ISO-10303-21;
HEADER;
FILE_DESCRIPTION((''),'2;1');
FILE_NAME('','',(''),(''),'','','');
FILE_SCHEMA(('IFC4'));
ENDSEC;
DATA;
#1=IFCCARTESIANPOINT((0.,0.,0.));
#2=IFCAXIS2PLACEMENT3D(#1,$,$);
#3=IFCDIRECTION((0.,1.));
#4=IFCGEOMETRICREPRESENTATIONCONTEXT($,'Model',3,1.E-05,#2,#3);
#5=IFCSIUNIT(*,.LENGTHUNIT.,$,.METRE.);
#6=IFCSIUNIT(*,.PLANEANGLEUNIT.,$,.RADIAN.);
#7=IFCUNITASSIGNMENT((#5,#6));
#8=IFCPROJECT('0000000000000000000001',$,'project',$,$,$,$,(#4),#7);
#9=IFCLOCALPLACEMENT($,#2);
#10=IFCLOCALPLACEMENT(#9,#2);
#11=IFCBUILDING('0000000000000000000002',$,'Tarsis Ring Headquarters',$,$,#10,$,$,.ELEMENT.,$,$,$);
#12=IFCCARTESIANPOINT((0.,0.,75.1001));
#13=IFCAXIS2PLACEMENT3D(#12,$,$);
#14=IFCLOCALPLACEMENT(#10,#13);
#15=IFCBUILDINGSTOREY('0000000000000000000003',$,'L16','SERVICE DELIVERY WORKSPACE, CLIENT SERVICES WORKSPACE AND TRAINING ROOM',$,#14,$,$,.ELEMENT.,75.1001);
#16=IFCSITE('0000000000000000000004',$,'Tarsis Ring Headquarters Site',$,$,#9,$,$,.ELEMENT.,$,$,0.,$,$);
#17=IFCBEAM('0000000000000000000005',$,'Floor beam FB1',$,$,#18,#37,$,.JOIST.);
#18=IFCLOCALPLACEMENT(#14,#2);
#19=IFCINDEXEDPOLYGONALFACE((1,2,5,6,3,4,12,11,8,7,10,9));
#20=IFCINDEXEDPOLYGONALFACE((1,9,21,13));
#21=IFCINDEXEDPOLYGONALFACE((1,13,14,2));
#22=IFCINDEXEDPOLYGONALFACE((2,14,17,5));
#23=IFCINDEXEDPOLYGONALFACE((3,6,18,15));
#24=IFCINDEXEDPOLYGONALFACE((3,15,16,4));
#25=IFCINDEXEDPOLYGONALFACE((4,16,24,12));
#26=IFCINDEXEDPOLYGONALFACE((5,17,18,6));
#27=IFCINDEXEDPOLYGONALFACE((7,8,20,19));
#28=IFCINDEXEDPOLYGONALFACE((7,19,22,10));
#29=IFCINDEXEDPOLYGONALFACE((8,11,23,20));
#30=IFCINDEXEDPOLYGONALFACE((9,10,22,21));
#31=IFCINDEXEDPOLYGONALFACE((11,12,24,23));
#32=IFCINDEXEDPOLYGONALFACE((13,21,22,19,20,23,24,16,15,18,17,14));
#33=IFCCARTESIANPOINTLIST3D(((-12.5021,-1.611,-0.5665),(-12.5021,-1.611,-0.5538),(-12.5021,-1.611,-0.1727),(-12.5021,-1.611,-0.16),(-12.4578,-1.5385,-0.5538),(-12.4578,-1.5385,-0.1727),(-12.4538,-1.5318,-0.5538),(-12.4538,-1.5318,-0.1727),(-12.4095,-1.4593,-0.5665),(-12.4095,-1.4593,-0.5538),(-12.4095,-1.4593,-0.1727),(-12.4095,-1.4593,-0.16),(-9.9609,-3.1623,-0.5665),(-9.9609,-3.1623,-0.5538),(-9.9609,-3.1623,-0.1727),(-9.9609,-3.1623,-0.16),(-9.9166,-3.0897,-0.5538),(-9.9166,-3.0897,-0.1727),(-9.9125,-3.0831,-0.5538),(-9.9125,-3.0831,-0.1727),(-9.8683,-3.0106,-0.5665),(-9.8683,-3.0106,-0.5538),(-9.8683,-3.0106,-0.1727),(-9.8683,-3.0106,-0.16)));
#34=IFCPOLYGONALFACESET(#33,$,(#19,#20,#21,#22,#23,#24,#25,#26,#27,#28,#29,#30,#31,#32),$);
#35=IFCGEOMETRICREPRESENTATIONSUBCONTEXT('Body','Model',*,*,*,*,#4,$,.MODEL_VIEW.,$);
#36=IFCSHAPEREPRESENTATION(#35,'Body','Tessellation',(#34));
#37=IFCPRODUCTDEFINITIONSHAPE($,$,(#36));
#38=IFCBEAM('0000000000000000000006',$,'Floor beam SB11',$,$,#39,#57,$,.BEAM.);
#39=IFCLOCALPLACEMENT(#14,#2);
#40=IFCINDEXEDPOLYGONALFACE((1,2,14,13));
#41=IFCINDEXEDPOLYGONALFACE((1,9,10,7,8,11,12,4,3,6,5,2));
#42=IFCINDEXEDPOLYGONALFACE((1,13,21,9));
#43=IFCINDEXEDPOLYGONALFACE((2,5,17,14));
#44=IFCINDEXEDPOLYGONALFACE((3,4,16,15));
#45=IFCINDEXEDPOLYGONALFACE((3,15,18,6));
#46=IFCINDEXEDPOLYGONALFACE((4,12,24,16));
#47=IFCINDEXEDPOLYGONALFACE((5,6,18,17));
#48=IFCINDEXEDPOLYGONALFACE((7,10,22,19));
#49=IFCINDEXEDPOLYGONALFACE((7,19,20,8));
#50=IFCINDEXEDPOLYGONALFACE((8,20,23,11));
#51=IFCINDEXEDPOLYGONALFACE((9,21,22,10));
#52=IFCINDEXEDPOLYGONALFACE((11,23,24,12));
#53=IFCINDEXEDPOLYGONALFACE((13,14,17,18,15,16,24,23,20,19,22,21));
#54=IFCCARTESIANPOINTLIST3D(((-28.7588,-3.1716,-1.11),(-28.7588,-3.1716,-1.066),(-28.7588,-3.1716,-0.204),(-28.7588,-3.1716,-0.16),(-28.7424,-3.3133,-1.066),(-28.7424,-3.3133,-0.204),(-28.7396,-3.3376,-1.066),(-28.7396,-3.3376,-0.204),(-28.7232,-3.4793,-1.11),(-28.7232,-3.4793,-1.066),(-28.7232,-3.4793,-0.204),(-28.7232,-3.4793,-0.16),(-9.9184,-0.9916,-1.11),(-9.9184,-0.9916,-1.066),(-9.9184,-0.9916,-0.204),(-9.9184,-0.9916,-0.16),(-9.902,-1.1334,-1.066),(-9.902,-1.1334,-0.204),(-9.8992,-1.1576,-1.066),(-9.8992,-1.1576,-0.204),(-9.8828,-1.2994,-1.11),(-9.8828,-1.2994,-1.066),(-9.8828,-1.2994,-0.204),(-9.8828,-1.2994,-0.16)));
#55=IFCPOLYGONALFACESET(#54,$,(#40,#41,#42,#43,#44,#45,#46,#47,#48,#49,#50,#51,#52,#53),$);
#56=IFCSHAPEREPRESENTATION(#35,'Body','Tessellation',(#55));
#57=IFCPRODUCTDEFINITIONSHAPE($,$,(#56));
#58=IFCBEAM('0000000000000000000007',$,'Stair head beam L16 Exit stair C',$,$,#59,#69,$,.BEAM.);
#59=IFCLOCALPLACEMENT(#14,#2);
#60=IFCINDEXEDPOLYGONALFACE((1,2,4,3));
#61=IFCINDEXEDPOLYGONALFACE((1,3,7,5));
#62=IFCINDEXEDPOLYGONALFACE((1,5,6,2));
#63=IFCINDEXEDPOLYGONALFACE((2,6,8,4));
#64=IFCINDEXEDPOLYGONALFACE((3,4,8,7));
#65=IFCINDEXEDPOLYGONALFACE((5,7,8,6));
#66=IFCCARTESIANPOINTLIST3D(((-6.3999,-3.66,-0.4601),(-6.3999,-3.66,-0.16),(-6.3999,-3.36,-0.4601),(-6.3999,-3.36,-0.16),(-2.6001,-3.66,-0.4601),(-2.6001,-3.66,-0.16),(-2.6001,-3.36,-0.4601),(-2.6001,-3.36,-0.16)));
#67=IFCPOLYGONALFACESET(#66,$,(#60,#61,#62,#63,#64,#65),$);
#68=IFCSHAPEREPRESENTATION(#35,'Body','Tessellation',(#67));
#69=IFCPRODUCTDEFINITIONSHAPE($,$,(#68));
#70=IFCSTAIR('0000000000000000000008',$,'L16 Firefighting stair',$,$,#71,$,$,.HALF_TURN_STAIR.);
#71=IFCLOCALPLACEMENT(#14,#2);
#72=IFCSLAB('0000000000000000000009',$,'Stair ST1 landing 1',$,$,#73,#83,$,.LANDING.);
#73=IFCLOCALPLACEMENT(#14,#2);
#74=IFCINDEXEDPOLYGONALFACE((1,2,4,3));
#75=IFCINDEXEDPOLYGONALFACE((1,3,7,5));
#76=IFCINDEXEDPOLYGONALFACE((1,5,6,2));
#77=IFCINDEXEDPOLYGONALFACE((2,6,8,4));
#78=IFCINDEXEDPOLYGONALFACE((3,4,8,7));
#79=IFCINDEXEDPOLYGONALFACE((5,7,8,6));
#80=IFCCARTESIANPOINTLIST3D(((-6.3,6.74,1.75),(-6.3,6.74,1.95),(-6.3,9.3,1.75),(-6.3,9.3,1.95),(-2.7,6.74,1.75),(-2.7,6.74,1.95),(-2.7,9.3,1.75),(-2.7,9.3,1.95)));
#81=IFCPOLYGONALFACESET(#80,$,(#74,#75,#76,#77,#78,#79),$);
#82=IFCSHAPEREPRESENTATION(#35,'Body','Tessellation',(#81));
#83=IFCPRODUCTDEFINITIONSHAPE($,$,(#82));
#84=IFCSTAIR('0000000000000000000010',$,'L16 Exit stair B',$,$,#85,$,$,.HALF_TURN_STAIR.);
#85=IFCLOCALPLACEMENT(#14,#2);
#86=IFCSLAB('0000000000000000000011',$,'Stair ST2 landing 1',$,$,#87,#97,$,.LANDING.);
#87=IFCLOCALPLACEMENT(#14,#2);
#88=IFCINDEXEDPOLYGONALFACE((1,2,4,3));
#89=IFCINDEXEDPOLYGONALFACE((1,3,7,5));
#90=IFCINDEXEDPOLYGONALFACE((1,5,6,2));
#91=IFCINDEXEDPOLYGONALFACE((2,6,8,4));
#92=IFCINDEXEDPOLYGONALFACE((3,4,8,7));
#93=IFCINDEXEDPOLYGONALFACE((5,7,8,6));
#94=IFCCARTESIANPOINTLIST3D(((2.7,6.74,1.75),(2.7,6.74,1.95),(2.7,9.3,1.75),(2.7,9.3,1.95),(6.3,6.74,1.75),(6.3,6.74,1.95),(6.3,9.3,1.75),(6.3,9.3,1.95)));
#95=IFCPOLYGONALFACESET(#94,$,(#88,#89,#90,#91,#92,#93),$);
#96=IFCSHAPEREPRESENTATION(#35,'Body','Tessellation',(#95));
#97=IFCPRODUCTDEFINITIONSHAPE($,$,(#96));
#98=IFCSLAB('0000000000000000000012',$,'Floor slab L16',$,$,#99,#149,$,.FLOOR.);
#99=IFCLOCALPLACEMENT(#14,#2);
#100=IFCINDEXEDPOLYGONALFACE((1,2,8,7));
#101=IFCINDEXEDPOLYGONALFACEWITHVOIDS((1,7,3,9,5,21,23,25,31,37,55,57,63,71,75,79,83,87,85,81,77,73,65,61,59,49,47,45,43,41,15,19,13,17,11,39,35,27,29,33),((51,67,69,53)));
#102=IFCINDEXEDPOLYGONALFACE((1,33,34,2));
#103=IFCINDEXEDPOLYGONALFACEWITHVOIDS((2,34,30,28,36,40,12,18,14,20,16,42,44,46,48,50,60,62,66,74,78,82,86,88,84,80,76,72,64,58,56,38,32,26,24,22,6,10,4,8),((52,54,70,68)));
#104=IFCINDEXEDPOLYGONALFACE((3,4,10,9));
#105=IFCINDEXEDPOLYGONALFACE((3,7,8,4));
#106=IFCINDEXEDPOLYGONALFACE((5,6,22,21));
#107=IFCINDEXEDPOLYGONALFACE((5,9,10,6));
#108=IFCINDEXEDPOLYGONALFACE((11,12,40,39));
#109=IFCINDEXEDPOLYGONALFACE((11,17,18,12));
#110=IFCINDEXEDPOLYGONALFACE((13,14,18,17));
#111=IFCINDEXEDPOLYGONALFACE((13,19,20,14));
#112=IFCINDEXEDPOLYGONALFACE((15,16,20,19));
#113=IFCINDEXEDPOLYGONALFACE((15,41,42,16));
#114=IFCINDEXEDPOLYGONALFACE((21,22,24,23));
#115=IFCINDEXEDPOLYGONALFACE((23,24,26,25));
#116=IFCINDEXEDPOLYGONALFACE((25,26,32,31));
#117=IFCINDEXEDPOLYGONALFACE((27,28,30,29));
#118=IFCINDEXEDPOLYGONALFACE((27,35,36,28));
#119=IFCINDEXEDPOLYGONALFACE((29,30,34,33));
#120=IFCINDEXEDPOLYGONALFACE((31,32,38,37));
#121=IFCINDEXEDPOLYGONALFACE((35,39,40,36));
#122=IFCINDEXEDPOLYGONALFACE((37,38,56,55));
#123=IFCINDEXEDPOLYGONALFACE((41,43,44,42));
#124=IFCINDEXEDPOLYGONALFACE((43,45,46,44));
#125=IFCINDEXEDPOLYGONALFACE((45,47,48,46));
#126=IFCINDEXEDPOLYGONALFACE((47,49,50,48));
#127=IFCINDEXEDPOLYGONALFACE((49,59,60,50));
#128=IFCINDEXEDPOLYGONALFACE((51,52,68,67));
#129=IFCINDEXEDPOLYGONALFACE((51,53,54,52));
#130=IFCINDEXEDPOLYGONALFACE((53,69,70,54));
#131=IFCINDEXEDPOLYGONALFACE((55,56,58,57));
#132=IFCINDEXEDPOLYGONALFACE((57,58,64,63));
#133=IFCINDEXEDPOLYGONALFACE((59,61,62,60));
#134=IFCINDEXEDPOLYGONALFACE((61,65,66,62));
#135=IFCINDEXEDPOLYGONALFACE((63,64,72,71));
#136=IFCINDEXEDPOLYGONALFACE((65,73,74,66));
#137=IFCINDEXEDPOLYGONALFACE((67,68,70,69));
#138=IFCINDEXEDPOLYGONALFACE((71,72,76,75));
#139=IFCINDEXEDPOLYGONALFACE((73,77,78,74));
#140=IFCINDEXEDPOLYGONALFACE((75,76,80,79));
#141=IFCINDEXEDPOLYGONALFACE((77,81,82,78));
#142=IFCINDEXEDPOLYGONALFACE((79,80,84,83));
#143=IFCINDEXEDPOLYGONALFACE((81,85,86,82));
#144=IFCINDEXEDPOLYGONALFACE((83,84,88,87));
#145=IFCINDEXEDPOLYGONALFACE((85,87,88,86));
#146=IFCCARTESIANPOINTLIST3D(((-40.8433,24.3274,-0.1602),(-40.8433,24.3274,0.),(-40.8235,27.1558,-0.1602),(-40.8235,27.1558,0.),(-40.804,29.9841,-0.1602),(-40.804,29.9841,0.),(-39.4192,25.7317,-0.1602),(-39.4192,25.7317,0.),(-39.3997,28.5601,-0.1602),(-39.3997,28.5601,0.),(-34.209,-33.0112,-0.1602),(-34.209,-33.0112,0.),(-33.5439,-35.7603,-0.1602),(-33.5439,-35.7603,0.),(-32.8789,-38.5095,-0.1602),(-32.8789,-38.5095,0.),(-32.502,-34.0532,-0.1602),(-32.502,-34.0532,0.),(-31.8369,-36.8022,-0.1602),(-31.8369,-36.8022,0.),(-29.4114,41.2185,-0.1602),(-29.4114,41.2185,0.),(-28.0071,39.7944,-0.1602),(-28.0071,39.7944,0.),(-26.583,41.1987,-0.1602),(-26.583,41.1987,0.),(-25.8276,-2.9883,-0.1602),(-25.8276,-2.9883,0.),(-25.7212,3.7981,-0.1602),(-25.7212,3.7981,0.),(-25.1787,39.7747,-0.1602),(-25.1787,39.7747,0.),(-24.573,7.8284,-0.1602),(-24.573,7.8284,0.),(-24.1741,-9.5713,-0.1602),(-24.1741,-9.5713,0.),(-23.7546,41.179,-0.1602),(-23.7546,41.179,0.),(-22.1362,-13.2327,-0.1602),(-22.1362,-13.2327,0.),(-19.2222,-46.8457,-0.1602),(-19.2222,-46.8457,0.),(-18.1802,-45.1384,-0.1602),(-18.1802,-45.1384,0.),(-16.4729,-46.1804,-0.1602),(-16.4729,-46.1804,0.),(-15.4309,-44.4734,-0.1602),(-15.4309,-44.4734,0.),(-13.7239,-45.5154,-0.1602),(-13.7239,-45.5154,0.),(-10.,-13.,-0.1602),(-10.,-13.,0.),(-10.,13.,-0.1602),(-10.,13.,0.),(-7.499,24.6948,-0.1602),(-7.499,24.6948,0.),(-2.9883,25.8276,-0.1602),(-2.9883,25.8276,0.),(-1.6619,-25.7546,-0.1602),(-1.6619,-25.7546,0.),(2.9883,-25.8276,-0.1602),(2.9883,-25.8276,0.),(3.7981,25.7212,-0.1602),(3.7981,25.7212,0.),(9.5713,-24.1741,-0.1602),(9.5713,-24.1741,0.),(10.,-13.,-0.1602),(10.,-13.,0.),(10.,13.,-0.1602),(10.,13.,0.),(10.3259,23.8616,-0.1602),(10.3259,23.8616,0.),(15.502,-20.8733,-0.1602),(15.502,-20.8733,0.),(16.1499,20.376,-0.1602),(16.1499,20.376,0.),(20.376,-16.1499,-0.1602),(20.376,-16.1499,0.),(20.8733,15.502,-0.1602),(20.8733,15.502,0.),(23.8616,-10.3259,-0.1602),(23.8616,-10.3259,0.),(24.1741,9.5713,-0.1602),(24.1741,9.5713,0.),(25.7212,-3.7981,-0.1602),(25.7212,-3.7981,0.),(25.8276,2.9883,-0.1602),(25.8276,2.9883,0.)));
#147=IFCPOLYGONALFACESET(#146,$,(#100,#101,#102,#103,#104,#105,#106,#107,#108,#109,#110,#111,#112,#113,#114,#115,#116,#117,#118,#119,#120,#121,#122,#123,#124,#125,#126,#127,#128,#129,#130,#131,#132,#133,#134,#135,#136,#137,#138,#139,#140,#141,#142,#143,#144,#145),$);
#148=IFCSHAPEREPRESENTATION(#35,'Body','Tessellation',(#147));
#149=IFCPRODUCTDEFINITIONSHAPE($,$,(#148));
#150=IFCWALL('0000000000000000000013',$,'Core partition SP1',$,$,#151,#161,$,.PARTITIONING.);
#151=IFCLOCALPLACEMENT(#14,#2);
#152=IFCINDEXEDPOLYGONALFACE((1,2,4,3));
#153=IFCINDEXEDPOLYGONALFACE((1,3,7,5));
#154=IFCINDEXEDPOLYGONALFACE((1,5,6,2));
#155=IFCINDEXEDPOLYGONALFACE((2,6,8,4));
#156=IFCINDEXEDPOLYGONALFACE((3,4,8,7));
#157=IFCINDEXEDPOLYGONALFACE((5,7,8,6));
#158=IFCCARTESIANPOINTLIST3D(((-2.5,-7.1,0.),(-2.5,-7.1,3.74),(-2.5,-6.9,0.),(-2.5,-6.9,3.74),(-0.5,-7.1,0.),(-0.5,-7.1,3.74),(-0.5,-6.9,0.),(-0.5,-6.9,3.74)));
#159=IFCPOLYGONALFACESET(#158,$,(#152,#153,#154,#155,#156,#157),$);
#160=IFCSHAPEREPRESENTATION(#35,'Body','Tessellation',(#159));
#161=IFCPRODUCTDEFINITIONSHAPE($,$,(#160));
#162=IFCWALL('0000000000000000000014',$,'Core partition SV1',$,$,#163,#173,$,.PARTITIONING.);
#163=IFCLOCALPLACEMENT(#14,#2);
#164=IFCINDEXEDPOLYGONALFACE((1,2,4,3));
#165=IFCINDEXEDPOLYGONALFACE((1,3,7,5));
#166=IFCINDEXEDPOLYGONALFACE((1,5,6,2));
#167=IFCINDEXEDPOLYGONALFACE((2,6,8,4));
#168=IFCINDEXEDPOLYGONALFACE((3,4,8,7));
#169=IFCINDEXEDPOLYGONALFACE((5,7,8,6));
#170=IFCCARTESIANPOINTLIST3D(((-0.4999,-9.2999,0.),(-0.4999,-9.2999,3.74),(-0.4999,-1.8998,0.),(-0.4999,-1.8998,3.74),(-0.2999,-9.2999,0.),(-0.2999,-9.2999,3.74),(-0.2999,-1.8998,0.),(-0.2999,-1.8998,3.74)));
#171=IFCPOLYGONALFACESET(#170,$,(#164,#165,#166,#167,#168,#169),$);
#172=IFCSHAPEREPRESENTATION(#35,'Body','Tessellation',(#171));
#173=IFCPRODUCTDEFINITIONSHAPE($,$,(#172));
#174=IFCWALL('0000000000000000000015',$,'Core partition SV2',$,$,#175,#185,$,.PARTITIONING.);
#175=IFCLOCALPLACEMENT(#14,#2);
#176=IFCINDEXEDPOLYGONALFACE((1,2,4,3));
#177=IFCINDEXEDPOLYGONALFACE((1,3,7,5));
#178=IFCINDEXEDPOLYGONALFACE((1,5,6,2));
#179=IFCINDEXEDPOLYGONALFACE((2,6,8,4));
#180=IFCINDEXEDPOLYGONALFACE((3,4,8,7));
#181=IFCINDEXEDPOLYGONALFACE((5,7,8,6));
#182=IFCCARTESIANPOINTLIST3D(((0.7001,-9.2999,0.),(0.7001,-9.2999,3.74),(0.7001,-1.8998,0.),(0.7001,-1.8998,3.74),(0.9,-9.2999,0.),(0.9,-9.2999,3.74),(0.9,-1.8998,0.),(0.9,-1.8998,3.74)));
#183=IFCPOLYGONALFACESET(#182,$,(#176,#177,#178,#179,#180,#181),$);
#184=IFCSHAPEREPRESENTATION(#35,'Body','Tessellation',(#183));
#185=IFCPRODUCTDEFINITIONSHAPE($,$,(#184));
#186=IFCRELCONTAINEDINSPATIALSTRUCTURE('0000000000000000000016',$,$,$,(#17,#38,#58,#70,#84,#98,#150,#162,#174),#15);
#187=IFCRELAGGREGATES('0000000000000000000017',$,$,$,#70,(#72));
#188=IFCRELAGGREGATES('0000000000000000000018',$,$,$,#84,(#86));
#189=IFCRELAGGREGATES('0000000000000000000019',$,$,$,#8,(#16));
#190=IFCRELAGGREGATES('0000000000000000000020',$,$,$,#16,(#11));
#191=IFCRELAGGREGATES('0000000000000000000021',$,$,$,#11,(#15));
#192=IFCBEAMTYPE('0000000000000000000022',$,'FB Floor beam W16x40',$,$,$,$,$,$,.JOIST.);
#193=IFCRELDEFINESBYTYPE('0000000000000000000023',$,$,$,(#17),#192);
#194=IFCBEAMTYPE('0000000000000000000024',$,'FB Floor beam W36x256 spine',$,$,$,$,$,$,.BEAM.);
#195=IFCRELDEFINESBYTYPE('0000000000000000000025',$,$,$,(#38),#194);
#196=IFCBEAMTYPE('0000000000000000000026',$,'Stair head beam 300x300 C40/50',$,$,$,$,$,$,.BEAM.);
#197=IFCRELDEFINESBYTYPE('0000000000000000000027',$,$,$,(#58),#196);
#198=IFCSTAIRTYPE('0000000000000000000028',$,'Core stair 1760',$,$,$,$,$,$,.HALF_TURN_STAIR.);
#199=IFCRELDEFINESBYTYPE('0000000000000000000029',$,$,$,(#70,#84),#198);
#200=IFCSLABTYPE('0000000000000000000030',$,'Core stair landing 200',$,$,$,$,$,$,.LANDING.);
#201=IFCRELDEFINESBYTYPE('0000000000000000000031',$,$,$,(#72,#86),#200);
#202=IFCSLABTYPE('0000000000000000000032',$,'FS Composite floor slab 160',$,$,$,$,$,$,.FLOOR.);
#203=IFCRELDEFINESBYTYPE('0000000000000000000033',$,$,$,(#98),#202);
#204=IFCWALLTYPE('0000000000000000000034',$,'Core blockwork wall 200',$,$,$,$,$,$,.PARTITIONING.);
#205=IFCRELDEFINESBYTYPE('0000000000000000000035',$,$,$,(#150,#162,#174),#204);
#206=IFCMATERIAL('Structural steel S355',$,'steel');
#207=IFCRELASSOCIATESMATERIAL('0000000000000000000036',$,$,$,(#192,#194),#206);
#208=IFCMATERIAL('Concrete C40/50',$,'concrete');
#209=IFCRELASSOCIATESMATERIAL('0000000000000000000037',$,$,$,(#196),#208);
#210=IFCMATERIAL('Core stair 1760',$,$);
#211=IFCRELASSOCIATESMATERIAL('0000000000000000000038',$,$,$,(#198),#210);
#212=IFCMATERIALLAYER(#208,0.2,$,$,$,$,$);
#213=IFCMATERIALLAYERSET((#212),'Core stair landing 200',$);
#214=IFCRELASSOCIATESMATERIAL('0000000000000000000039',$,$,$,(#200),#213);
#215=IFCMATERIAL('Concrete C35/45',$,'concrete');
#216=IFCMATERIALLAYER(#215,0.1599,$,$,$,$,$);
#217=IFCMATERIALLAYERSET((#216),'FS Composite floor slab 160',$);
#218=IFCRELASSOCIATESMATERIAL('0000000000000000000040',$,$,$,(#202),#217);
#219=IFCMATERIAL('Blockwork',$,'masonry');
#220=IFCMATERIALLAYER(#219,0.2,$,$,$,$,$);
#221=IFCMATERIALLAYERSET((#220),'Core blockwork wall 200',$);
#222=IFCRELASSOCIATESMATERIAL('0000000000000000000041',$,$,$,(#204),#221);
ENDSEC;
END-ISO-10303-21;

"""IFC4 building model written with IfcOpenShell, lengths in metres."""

from ifc_helpers import new_model, si_unit, direction, frame, frame_2d, origin, origin_2d, place, context, subcontext, project, spatial, polyline, rectangle, i_section, outline, extrude, material, layer, layer_set, material_profile, profile_set, type_object, element, aggregate, save


model = new_model("IFC4")

# Units and contexts
model_context = context("Model", 3, precision=1e-05, world=origin(), true_north=direction((0.0, 1.0)))
body_context = subcontext(model_context, "Body", "Model", "MODEL_VIEW")
ifc_project = project(units=[si_unit("LENGTHUNIT", "METRE"), si_unit("PLANEANGLEUNIT", "RADIAN")], contexts=[model_context])

# Site, building, storey
site_placement = place(None, origin())
site = spatial("IfcSite", under=ifc_project, at=site_placement, Name="Tarsis Ring Headquarters Site", CompositionType="ELEMENT", RefElevation=0.0)
building_placement = place(site_placement, origin())
building = spatial("IfcBuilding", under=site, at=building_placement, Name="Tarsis Ring Headquarters", CompositionType="ELEMENT")
storey_placement = place(building_placement, frame((0.0, 0.0, 75.1001)))
storey = spatial("IfcBuildingStorey", under=building, at=storey_placement, Name="L16", Description="SERVICE DELIVERY WORKSPACE, CLIENT SERVICES WORKSPACE AND TRAINING ROOM", CompositionType="ELEMENT", Elevation=75.1001)

# Beams
ifc_material_1 = material(Name="Structural steel S355", Category="steel")
ifc_material_profile_1 = material_profile(ifc_material_1, i_section(OverallWidth=0.1777, OverallDepth=0.4065, WebThickness=0.0078, FlangeThickness=0.0127, at=origin_2d()), Name="W16x40")
ifc_profile_set_1 = profile_set([ifc_material_profile_1], Name="Structural steel S355")
beam_type_1 = type_object("IfcBeamType", Name="FB Floor beam W16x40", PredefinedType="JOIST", material=ifc_profile_set_1)
beam_1_placement = place(storey_placement, frame((-12.4558, -1.5352, -0.3633), z_axis=(0.853539, -0.521029, 0.0), x_axis=(0.521029, 0.853539, 0.0)))
element("IfcBeam", 1, at=beam_1_placement, inside=storey, type_object=beam_type_1, Name="Floor beam FB1", PredefinedType="JOIST", context=body_context, shape_type="SweptSolid", body=[
    extrude(i_section(OverallWidth=0.1777, OverallDepth=0.4065, WebThickness=0.0078, FlangeThickness=0.0127, at=origin_2d()), origin(), (0.0, 0.0, 1.0), 2.9773),
])
ifc_material_profile_2 = material_profile(ifc_material_1, i_section(OverallWidth=0.3098, OverallDepth=0.95, WebThickness=0.0244, FlangeThickness=0.0439, at=origin_2d()), Name="W36x256")
ifc_profile_set_2 = profile_set([ifc_material_profile_2], Name="Structural steel S355")
beam_type_2 = type_object("IfcBeamType", Name="FB Floor beam W36x256 spine", PredefinedType="BEAM", material=ifc_profile_set_2)
beam_2_placement = place(storey_placement, frame((-9.9006, -1.1455, -0.635), z_axis=(-0.993373, -0.114939, 0.0), x_axis=(0.114939, -0.993373, 0.0)))
element("IfcBeam", 2, at=beam_2_placement, inside=storey, type_object=beam_type_2, Name="Floor beam SB11", PredefinedType="BEAM", context=body_context, shape_type="SweptSolid", body=[
    extrude(i_section(OverallWidth=0.3098, OverallDepth=0.95, WebThickness=0.0244, FlangeThickness=0.0439, at=origin_2d()), origin(), (0.0, 0.0, 1.0), 18.9661),
])
ifc_material_2 = material(Name="Concrete C40/50", Category="concrete")
ifc_material_profile_3 = material_profile(ifc_material_2, rectangle(XDim=0.3, YDim=0.3, at=origin_2d()), Name="Stair head beam 300x300 C40/50")
ifc_profile_set_3 = profile_set([ifc_material_profile_3], Name="Concrete C40/50")
beam_type_3 = type_object("IfcBeamType", Name="Stair head beam 300x300 C40/50", PredefinedType="BEAM", material=ifc_profile_set_3)
beam_3_placement = place(storey_placement, frame((-6.3999, -3.51, -0.3101), z_axis=(1.0, 0.0, 0.0), x_axis=(0.0, 1.0, 0.0)))
element("IfcBeam", 3, at=beam_3_placement, inside=storey, type_object=beam_type_3, Name="Stair head beam L16 Exit stair C", PredefinedType="BEAM", context=body_context, shape_type="SweptSolid", body=[
    extrude(rectangle(XDim=0.3, YDim=0.3, at=origin_2d()), origin(), (0.0, 0.0, 1.0), 3.7998),
])

# Stairs, slabs
ifc_material_3 = material(Name="Core stair 1760")
stair_type = type_object("IfcStairType", Name="Core stair 1760", PredefinedType="HALF_TURN_STAIR", material=ifc_material_3)
stair_1_placement = place(storey_placement, origin())
stair_1 = element("IfcStair", 4, at=stair_1_placement, inside=storey, type_object=stair_type, Name="L16 Firefighting stair", PredefinedType="HALF_TURN_STAIR")
ifc_layer_1 = layer(ifc_material_2, 0.2)
ifc_layer_set_1 = layer_set([ifc_layer_1], Name="Core stair landing 200")
slab_type_1 = type_object("IfcSlabType", Name="Core stair landing 200", PredefinedType="LANDING", material=ifc_layer_set_1)
slab_1_placement = place(storey_placement, frame((0.0, 0.0, 1.75)))
slab_1 = element("IfcSlab", 5, at=slab_1_placement, type_object=slab_type_1, Name="Stair ST1 landing 1", PredefinedType="LANDING", context=body_context, shape_type="SweptSolid", body=[
    extrude(outline(polyline([(-2.7, 6.74), (-2.7, 9.3), (-6.3, 9.3), (-6.3, 6.74), (-2.7, 6.74)])), origin(), (0.0, 0.0, 1.0), 0.2),
])
aggregate(stair_1, [slab_1])
stair_2_placement = place(storey_placement, origin())
stair_2 = element("IfcStair", 6, at=stair_2_placement, inside=storey, type_object=stair_type, Name="L16 Exit stair B", PredefinedType="HALF_TURN_STAIR")
slab_2_placement = place(storey_placement, frame((0.0, 0.0, 1.75)))
slab_2 = element("IfcSlab", 7, at=slab_2_placement, type_object=slab_type_1, Name="Stair ST2 landing 1", PredefinedType="LANDING", context=body_context, shape_type="SweptSolid", body=[
    extrude(outline(polyline([(6.3, 6.74), (6.3, 9.3), (2.7, 9.3), (2.7, 6.74), (6.3, 6.74)])), origin(), (0.0, 0.0, 1.0), 0.2),
])
aggregate(stair_2, [slab_2])

# Slab
ifc_material_4 = material(Name="Concrete C35/45", Category="concrete")
ifc_layer_2 = layer(ifc_material_4, 0.1599)
ifc_layer_set_2 = layer_set([ifc_layer_2], Name="FS Composite floor slab 160")
slab_type_2 = type_object("IfcSlabType", Name="FS Composite floor slab 160", PredefinedType="FLOOR", material=ifc_layer_set_2)
slab_3_placement = place(storey_placement, frame((0.0, 0.0, -0.1602)))
element("IfcSlab", 8, at=slab_3_placement, inside=storey, type_object=slab_type_2, Name="Floor slab L16", PredefinedType="FLOOR", context=body_context, shape_type="SweptSolid", body=[
    extrude(outline(polyline([(-24.573, 7.8284), (-25.7212, 3.7981), (-25.8276, -2.9883), (-24.1741, -9.5713), (-22.1362, -13.2327), (-34.209, -33.0112), (-32.502, -34.0532), (-33.5439, -35.7603), (-31.8369, -36.8022), (-32.8789, -38.5095), (-19.2222, -46.8457), (-18.1802, -45.1384), (-16.4729, -46.1804), (-15.4309, -44.4734), (-13.7239, -45.5154), (-1.6619, -25.7546), (2.9883, -25.8276), (9.5713, -24.1741), (15.502, -20.8733), (20.376, -16.1499), (23.8616, -10.3259), (25.7212, -3.7981), (25.8276, 2.9883), (24.1741, 9.5713), (20.8733, 15.502), (16.1499, 20.376), (10.3259, 23.8616), (3.7981, 25.7212), (-2.9883, 25.8276), (-7.499, 24.6948), (-23.7546, 41.179), (-25.1787, 39.7747), (-26.583, 41.1987), (-28.0071, 39.7944), (-29.4114, 41.2185), (-40.804, 29.9841), (-39.3997, 28.5601), (-40.8235, 27.1558), (-39.4192, 25.7317), (-40.8433, 24.3274), (-24.573, 7.8284)]), holes=[polyline([(-10.0, -13.0), (-10.0, 13.0), (10.0, 13.0), (10.0, -13.0), (-10.0, -13.0)])]), origin(), (0.0, 0.0, 1.0), 0.1602),
])

# Walls
ifc_material_5 = material(Name="Blockwork", Category="masonry")
ifc_layer_3 = layer(ifc_material_5, 0.2)
ifc_layer_set_3 = layer_set([ifc_layer_3], Name="Core blockwork wall 200")
wall_type_1 = type_object("IfcWallType", Name="Core blockwork wall 200", PredefinedType="PARTITIONING", material=ifc_layer_set_3)
wall_1_placement = place(storey_placement, frame((-2.5, -7.0, 0.0), z_axis=(0.0, 0.0, 1.0), x_axis=(1.0, 0.0, 0.0)))
element("IfcWall", 9, at=wall_1_placement, inside=storey, type_object=wall_type_1, Name="Core partition SP1", PredefinedType="PARTITIONING", context=body_context, shape_type="SweptSolid", body=[
    extrude(rectangle(XDim=2.0, YDim=0.2, at=frame_2d((1.0, 0.0))), origin(), (0.0, 0.0, 1.0), 3.74),
])
for number, where, z_axis, x_axis, name in (
    (10, (-0.3999, -9.3, 0.0), (0.0, 0.0, 1.0), (0.0, 1.0, 0.0), "Core partition SV1"),
    (11, (0.8, -9.3, 0.0), (0.0, 0.0, 1.0), (0.0, 1.0, 0.0), "Core partition SV2"),
):
    element("IfcWall", number, at=place(storey_placement, frame(where, z_axis=z_axis, x_axis=x_axis)), inside=storey, type_object=wall_type_1, Name=name, PredefinedType="PARTITIONING", context=body_context, shape_type="SweptSolid", body=[
        extrude(rectangle(XDim=7.4001, YDim=0.2, at=frame_2d((3.7002, 0.0))), origin(), (0.0, 0.0, 1.0), 3.74),
    ])

save(model, "model.ifc")
